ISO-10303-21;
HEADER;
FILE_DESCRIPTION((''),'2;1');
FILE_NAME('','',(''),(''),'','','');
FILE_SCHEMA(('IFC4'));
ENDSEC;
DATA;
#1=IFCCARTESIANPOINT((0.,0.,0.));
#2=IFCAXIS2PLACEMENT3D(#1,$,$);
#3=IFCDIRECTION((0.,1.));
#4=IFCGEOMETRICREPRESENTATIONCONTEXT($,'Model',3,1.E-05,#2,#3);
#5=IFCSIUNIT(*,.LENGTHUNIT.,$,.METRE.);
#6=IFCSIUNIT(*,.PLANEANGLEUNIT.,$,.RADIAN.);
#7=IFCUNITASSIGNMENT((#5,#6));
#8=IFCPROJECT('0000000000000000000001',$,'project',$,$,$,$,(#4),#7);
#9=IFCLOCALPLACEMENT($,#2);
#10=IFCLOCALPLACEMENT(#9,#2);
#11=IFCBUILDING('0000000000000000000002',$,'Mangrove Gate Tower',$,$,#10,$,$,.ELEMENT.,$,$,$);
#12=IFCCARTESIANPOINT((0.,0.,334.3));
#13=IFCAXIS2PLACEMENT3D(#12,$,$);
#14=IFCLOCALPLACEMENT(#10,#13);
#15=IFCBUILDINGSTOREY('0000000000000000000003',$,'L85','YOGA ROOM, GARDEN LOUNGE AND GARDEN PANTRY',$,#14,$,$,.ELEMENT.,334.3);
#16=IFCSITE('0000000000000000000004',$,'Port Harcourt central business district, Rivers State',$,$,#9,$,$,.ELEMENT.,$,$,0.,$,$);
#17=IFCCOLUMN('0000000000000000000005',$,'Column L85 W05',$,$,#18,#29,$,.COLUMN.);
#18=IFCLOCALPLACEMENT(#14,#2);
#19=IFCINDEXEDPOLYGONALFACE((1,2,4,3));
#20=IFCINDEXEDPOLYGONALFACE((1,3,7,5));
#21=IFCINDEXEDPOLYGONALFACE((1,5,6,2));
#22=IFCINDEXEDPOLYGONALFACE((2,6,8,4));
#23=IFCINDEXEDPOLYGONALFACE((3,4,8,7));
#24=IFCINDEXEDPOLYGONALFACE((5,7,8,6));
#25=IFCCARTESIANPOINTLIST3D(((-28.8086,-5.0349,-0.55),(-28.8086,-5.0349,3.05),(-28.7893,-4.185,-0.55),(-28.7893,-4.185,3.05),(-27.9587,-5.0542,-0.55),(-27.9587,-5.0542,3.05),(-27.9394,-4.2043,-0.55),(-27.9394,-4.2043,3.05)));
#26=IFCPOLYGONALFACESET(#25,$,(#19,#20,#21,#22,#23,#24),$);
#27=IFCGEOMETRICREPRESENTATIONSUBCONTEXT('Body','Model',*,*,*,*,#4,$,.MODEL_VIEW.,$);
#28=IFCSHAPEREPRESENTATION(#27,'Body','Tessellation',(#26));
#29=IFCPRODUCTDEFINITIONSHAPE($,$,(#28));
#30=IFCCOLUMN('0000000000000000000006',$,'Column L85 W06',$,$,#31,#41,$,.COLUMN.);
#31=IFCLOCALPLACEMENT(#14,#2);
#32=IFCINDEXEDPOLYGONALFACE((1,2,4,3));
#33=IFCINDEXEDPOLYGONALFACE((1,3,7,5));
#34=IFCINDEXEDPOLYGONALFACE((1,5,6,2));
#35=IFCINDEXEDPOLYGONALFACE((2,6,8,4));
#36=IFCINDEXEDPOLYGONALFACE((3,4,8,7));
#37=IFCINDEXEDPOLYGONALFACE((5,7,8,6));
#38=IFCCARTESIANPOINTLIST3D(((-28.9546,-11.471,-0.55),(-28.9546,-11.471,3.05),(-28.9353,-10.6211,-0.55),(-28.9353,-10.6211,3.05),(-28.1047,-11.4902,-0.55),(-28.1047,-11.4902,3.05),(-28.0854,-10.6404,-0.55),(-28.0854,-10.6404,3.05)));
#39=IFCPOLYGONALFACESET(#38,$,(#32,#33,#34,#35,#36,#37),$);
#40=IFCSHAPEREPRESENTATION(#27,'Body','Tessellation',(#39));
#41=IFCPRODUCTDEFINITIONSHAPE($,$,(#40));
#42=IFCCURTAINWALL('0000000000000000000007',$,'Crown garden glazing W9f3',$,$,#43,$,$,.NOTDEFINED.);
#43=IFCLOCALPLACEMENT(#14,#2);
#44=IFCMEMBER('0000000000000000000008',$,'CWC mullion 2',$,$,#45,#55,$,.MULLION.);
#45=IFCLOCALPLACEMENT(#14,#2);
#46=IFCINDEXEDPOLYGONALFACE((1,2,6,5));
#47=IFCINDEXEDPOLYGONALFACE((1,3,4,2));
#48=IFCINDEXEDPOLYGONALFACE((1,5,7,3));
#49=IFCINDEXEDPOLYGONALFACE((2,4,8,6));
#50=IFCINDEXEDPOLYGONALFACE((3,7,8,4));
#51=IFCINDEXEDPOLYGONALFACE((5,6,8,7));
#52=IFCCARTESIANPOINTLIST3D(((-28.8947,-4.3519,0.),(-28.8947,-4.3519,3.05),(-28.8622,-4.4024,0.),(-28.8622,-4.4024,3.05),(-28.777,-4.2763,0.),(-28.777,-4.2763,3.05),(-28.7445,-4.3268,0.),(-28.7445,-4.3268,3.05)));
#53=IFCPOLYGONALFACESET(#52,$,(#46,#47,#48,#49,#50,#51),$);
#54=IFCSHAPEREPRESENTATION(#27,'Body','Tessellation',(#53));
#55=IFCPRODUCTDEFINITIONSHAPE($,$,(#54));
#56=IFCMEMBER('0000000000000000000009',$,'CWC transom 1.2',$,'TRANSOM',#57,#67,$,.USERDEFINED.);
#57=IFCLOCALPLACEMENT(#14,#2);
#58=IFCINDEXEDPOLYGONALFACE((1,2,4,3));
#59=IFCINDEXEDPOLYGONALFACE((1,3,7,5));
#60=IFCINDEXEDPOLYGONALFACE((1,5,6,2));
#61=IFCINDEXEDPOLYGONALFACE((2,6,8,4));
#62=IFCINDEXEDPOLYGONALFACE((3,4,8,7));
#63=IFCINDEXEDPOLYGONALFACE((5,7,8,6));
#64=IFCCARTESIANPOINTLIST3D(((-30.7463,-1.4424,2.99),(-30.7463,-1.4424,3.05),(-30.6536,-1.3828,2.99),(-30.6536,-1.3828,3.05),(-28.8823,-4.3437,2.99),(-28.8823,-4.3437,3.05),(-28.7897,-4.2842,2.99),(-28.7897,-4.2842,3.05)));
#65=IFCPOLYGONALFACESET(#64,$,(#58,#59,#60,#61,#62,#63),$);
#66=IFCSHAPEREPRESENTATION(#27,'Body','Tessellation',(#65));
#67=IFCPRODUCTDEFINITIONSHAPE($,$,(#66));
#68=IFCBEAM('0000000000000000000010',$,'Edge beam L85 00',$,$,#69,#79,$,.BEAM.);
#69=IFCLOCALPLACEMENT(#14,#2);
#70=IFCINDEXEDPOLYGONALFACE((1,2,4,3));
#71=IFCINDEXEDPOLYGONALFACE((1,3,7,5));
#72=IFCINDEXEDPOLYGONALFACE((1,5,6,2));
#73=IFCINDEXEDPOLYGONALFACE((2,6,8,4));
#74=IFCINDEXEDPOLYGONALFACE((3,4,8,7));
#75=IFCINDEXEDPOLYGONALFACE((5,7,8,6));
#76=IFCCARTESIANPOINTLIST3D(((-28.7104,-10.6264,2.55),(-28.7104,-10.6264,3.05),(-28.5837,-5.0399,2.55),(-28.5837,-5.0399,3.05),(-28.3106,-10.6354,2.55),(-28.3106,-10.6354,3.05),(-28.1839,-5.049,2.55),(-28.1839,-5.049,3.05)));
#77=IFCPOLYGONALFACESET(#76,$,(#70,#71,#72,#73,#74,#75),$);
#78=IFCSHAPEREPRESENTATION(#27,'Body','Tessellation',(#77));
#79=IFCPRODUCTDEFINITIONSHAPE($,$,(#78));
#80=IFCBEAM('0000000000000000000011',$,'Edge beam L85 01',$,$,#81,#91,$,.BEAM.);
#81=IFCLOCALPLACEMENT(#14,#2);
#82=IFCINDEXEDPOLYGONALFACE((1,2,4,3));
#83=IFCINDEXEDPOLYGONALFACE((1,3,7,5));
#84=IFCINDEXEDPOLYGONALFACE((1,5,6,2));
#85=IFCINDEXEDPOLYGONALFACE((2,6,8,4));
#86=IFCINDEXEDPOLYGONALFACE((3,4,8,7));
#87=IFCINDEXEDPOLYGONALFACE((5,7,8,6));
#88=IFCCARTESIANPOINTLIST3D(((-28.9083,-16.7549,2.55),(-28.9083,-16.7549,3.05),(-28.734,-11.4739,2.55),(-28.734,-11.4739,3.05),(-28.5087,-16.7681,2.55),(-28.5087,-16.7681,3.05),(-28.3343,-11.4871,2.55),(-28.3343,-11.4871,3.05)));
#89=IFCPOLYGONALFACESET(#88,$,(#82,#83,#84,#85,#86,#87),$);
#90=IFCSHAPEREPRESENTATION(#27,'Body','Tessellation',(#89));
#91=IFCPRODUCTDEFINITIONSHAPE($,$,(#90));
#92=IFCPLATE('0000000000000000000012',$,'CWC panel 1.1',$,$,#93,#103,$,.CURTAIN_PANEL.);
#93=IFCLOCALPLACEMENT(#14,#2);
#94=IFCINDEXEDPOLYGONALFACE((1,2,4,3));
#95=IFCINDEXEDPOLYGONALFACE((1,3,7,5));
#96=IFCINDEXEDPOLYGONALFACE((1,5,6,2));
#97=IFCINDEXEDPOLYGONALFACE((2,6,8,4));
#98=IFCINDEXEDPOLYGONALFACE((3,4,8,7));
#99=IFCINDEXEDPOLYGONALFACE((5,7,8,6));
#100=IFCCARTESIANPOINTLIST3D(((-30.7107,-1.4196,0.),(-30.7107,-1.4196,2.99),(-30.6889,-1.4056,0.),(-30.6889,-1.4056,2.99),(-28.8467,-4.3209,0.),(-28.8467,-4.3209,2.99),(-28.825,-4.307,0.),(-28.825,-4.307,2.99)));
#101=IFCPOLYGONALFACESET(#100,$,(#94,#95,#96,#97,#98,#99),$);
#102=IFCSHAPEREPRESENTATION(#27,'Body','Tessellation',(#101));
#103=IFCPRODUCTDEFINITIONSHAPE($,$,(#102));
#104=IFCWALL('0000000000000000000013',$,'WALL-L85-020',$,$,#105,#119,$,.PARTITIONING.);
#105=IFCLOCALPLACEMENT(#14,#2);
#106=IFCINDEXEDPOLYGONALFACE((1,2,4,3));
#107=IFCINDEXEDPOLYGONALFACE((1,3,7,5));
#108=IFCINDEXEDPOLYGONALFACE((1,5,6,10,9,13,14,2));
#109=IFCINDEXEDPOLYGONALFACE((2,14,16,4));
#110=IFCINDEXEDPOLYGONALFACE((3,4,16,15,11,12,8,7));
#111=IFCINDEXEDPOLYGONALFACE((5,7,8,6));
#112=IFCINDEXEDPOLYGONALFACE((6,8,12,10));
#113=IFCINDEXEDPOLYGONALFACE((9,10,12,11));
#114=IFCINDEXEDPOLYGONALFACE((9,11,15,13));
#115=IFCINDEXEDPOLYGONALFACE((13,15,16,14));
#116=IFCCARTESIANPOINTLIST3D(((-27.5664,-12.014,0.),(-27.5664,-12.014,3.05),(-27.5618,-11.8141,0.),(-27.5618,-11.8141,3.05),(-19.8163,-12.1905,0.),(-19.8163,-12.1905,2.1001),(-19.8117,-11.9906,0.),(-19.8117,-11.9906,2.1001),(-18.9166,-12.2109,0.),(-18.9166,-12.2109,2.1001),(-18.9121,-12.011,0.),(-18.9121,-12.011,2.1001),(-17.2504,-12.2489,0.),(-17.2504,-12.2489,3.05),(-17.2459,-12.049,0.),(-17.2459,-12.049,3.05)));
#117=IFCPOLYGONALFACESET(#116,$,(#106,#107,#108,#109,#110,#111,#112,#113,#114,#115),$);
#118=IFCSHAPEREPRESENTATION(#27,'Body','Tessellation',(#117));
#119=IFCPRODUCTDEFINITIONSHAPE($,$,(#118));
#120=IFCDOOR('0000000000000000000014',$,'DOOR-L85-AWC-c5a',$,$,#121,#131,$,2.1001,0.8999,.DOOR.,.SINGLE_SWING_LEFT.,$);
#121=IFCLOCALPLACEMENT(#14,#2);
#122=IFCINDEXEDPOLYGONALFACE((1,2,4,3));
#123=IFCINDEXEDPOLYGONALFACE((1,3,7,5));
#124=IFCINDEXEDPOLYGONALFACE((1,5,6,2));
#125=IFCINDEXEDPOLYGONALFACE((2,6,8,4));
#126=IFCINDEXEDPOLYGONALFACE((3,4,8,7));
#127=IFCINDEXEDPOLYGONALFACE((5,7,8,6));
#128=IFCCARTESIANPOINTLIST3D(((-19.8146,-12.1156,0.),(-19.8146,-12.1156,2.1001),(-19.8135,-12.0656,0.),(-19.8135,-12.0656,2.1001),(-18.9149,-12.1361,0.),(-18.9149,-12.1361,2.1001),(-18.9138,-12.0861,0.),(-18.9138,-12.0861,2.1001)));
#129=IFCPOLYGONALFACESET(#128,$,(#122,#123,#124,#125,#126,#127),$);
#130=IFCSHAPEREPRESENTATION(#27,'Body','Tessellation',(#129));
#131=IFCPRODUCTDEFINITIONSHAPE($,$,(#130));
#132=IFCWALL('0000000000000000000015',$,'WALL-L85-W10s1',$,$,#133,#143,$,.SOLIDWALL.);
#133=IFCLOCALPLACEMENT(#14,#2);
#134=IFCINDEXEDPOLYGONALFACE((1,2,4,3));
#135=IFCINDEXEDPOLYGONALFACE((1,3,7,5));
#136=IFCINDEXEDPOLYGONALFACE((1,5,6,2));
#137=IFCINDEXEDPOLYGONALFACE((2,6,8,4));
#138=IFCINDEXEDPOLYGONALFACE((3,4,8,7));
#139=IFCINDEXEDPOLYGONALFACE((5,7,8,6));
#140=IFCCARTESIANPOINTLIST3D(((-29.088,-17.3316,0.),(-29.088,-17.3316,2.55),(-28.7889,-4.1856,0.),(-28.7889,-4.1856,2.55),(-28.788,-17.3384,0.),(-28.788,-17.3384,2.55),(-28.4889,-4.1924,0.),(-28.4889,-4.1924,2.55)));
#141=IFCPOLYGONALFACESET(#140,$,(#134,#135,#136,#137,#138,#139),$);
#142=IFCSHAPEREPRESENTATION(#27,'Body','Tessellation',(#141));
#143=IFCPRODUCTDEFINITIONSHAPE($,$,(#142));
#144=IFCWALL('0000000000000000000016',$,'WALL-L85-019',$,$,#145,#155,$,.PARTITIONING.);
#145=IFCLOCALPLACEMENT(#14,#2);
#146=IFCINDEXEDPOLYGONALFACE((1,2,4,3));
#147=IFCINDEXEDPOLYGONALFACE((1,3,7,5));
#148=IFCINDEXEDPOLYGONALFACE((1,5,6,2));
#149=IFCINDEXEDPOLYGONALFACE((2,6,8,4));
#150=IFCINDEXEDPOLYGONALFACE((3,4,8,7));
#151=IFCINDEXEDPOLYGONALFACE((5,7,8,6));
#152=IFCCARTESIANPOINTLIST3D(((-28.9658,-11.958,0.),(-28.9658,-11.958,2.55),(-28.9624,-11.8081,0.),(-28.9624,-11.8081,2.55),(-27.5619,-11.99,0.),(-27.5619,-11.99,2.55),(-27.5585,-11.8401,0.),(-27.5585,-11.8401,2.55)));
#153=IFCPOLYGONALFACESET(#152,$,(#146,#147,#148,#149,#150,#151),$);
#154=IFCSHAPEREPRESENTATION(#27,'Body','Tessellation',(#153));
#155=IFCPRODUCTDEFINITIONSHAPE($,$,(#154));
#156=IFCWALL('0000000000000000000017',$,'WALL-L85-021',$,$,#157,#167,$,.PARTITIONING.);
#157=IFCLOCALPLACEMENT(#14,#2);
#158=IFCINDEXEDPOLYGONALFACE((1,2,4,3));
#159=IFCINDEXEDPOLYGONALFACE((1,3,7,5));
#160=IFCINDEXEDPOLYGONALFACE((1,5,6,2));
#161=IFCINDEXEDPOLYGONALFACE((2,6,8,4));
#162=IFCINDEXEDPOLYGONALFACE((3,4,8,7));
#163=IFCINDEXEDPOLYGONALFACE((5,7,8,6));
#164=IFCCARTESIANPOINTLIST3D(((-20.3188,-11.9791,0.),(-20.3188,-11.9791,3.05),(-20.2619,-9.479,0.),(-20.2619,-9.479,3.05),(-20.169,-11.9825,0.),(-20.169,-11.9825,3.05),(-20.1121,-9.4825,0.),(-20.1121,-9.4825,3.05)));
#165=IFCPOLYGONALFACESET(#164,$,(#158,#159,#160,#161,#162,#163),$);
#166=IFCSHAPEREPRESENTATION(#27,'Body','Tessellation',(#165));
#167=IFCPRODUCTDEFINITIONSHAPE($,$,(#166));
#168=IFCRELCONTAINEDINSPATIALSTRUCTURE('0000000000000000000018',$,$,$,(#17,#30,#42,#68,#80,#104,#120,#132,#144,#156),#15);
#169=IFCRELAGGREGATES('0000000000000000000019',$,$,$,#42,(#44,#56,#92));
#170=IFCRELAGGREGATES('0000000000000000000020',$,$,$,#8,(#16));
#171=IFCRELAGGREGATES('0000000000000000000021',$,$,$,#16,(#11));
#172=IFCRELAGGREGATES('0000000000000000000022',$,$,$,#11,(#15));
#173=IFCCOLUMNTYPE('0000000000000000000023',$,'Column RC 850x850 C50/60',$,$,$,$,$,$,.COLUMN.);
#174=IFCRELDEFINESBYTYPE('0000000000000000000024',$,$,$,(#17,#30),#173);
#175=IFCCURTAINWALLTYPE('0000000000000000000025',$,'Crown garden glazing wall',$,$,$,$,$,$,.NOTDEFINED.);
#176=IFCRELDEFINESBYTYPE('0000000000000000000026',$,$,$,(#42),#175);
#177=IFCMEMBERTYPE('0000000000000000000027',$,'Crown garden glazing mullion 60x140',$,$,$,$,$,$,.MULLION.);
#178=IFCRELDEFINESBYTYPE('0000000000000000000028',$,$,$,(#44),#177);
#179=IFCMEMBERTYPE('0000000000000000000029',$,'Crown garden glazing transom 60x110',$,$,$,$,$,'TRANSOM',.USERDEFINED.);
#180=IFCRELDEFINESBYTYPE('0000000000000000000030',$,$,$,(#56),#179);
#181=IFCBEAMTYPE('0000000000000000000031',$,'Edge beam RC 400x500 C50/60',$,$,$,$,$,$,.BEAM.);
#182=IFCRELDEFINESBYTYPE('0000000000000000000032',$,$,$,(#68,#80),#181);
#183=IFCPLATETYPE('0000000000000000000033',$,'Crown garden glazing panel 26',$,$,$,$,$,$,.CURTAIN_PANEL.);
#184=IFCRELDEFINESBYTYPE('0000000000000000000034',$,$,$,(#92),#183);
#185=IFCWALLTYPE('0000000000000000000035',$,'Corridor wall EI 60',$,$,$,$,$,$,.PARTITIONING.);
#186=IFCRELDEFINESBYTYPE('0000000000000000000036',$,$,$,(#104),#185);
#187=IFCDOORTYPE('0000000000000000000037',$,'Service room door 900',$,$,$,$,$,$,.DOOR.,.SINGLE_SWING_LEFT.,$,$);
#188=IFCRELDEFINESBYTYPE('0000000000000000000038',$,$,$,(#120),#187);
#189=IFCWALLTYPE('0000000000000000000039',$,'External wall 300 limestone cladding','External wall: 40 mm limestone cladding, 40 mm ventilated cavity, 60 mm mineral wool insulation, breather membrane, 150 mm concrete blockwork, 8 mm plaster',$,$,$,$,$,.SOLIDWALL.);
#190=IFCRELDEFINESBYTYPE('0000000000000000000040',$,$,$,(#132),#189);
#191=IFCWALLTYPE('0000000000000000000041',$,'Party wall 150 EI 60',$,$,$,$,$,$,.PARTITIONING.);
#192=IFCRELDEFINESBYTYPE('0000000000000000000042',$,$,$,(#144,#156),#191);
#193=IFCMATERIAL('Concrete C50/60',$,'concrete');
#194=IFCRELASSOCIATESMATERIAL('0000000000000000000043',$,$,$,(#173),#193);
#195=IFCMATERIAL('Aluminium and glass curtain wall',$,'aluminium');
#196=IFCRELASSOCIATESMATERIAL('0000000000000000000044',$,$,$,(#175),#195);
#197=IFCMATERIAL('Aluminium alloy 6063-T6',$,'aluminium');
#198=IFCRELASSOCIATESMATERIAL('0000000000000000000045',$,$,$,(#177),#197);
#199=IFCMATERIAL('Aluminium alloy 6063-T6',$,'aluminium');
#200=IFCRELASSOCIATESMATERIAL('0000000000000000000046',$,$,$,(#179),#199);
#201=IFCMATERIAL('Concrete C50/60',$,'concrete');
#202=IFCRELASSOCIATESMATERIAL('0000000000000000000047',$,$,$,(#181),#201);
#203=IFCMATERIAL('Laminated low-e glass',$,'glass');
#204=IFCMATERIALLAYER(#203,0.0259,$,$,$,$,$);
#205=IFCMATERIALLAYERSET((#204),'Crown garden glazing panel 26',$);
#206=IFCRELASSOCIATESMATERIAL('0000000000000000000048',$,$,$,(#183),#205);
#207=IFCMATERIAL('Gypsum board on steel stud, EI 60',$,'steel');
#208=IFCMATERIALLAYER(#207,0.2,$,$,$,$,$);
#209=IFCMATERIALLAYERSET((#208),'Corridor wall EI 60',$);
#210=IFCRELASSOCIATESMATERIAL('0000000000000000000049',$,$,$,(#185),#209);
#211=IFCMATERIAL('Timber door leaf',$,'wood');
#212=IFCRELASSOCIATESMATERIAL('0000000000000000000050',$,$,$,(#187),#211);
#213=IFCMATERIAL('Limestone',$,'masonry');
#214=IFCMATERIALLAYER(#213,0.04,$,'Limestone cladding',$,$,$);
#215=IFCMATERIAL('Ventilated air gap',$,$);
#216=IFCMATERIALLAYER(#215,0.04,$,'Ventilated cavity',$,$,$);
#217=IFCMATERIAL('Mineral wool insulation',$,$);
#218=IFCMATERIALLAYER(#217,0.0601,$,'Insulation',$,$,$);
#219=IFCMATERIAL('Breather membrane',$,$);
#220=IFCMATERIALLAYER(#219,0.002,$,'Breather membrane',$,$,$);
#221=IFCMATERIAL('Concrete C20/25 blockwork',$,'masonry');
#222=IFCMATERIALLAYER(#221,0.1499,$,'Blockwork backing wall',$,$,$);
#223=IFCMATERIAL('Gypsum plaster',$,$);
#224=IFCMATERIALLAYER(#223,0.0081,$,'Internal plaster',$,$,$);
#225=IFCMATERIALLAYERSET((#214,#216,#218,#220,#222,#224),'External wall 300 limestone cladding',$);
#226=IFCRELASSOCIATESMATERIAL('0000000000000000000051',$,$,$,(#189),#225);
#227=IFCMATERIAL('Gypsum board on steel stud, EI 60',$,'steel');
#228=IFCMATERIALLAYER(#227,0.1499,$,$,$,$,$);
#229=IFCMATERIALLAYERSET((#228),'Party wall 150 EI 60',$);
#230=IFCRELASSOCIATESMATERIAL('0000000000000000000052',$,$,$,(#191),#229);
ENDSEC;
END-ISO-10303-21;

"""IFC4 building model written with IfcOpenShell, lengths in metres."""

from ifc_helpers import new_model, si_unit, direction, frame, frame_2d, origin, origin_2d, place, context, subcontext, project, spatial, rectangle, extrude, material, layer, layer_set, material_profile, profile_set, type_object, element, fill, aggregate, save


model = new_model("IFC4")

# Units and contexts
model_context = context("Model", 3, precision=1e-05, world=origin(), true_north=direction((0.0, 1.0)))
body_context = subcontext(model_context, "Body", "Model", "MODEL_VIEW")
ifc_project = project(units=[si_unit("LENGTHUNIT", "METRE"), si_unit("PLANEANGLEUNIT", "RADIAN")], contexts=[model_context])

# Site, building, storey
site_placement = place(None, origin())
site = spatial("IfcSite", under=ifc_project, at=site_placement, Name="Port Harcourt central business district, Rivers State", CompositionType="ELEMENT", RefElevation=0.0)
building_placement = place(site_placement, origin())
building = spatial("IfcBuilding", under=site, at=building_placement, Name="Mangrove Gate Tower", CompositionType="ELEMENT")
storey_placement = place(building_placement, frame((0.0, 0.0, 334.3)))
storey = spatial("IfcBuildingStorey", under=building, at=storey_placement, Name="L85", Description="YOGA ROOM, GARDEN LOUNGE AND GARDEN PANTRY", CompositionType="ELEMENT", Elevation=334.3)

# Columns
ifc_material_1 = material(Name="Concrete C50/60", Category="concrete")
ifc_material_profile_1 = material_profile(ifc_material_1, rectangle(XDim=0.8501, YDim=0.8501, at=origin_2d()))
ifc_profile_set_1 = profile_set([ifc_material_profile_1], Name="Concrete C50/60")
column_type = type_object("IfcColumnType", Name="Column RC 850x850 C50/60", PredefinedType="COLUMN", material=ifc_profile_set_1)
for number, where, z_axis, x_axis, name in (
    (1, (-28.374, -4.6196, -0.55), (0.0, 0.0, 1.0), (-0.022687, -0.999743, 0.0), "Column L85 W05"),
    (2, (-28.52, -11.0557, -0.55), (0.0, 0.0, 1.0), (-0.022681, -0.999743, 0.0), "Column L85 W06"),
):
    element("IfcColumn", number, at=place(storey_placement, frame(where, z_axis=z_axis, x_axis=x_axis)), inside=storey, type_object=column_type, Name=name, PredefinedType="COLUMN", context=body_context, shape_type="SweptSolid", body=[
        extrude(rectangle(XDim=0.8501, YDim=0.8501, at=origin_2d()), origin(), (0.0, 0.0, 1.0), 3.6001),
    ])

# Curtain wall, members
ifc_material_2 = material(Name="Aluminium and glass curtain wall", Category="aluminium")
curtain_wall_type = type_object("IfcCurtainWallType", Name="Crown garden glazing wall", PredefinedType="NOTDEFINED", material=ifc_material_2)
curtain_wall_placement = place(storey_placement, origin())
curtain_wall = element("IfcCurtainWall", 3, at=curtain_wall_placement, inside=storey, type_object=curtain_wall_type, Name="Crown garden glazing W9f3", PredefinedType="NOTDEFINED")
ifc_material_3 = material(Name="Aluminium alloy 6063-T6", Category="aluminium")
ifc_material_profile_2 = material_profile(ifc_material_3, rectangle(XDim=0.0601, YDim=0.1399, at=origin_2d()))
ifc_profile_set_2 = profile_set([ifc_material_profile_2], Name="Aluminium alloy 6063-T6")
member_type_1 = type_object("IfcMemberType", Name="Crown garden glazing mullion 60x140", PredefinedType="MULLION", material=ifc_profile_set_2)
member_1_placement = place(storey_placement, frame((-28.8196, -4.3394, 0.0), z_axis=(0.0, 0.0, 1.0), x_axis=(0.540511, -0.841337, 0.0)))
member_1 = element("IfcMember", 4, at=member_1_placement, type_object=member_type_1, Name="CWC mullion 2", PredefinedType="MULLION", context=body_context, shape_type="SweptSolid", body=[
    extrude(rectangle(XDim=0.0601, YDim=0.1399, at=origin_2d()), origin(), (0.0, 0.0, 1.0), 3.05),
])
ifc_material_4 = material(Name="Aluminium alloy 6063-T6", Category="aluminium")
ifc_material_profile_3 = material_profile(ifc_material_4, rectangle(XDim=0.0601, YDim=0.1101, at=origin_2d()))
ifc_profile_set_3 = profile_set([ifc_material_profile_3], Name="Aluminium alloy 6063-T6")
member_type_2 = type_object("IfcMemberType", Name="Crown garden glazing transom 60x110", ElementType="TRANSOM", PredefinedType="USERDEFINED", material=ifc_profile_set_3)
member_2_placement = place(storey_placement, frame((-30.7, -1.4126, 3.02), z_axis=(0.540521, -0.84133, 0.0), x_axis=(0.0, 0.0, 1.0)))
member_2 = element("IfcMember", 5, at=member_2_placement, type_object=member_type_2, Name="CWC transom 1.2", ObjectType="TRANSOM", PredefinedType="USERDEFINED", context=body_context, shape_type="SweptSolid", body=[
    extrude(rectangle(XDim=0.0601, YDim=0.1101, at=origin_2d()), origin(), (0.0, 0.0, 1.0), 3.4485),
])

# Beams
ifc_material_5 = material(Name="Concrete C50/60", Category="concrete")
ifc_material_profile_4 = material_profile(ifc_material_5, rectangle(XDim=0.3999, YDim=0.5, at=origin_2d()))
ifc_profile_set_4 = profile_set([ifc_material_profile_4], Name="Concrete C50/60")
beam_type = type_object("IfcBeamType", Name="Edge beam RC 400x500 C50/60", PredefinedType="BEAM", material=ifc_profile_set_4)
beam_1_placement = place(storey_placement, frame((-28.3838, -5.0444, 2.8), z_axis=(-0.022676, -0.999743, 0.0), x_axis=(0.999743, -0.022676, 0.0)))
element("IfcBeam", 6, at=beam_1_placement, inside=storey, type_object=beam_type, Name="Edge beam L85 00", PredefinedType="BEAM", context=body_context, shape_type="SweptSolid", body=[
    extrude(rectangle(XDim=0.3999, YDim=0.5, at=origin_2d()), origin(), (0.0, 0.0, 1.0), 5.5879),
])
beam_2_placement = place(storey_placement, frame((-28.5342, -11.4805, 2.8), z_axis=(-0.03299, -0.999456, 0.0), x_axis=(0.999456, -0.03299, 0.0)))
element("IfcBeam", 7, at=beam_2_placement, inside=storey, type_object=beam_type, Name="Edge beam L85 01", PredefinedType="BEAM", context=body_context, shape_type="SweptSolid", body=[
    extrude(rectangle(XDim=0.3999, YDim=0.5, at=origin_2d()), origin(), (0.0, 0.0, 1.0), 5.2839),
])

# Plate
ifc_material_6 = material(Name="Laminated low-e glass", Category="glass")
ifc_layer_1 = layer(ifc_material_6, 0.0259)
ifc_layer_set_1 = layer_set([ifc_layer_1], Name="Crown garden glazing panel 26")
plate_type = type_object("IfcPlateType", Name="Crown garden glazing panel 26", PredefinedType="CURTAIN_PANEL", material=ifc_layer_set_1)
plate_placement = place(storey_placement, frame((-29.7678, -2.8633, 0.0), z_axis=(0.0, 0.0, 1.0), x_axis=(0.540511, -0.841337, 0.0)))
plate = element("IfcPlate", 8, at=plate_placement, type_object=plate_type, Name="CWC panel 1.1", PredefinedType="CURTAIN_PANEL", context=body_context, shape_type="SweptSolid", body=[
    extrude(rectangle(XDim=3.4485, YDim=0.0259, at=origin_2d()), origin(), (0.0, 0.0, 1.0), 2.99),
])
aggregate(curtain_wall, [member_1, member_2, plate])

# Wall, opening, door
ifc_material_7 = material(Name="Gypsum board on steel stud, EI 60", Category="steel")
ifc_layer_2 = layer(ifc_material_7, 0.2)
ifc_layer_set_2 = layer_set([ifc_layer_2], Name="Corridor wall EI 60")
wall_type_1 = type_object("IfcWallType", Name="Corridor wall EI 60", PredefinedType="PARTITIONING", material=ifc_layer_set_2)
wall_1_placement = place(storey_placement, frame((-27.564, -11.9141, 0.0), z_axis=(0.0, 0.0, 1.0), x_axis=(0.999741, -0.022761, 0.0)))
wall_1 = element("IfcWall", 9, at=wall_1_placement, inside=storey, type_object=wall_type_1, Name="WALL-L85-020", PredefinedType="PARTITIONING", context=body_context, shape_type="SweptSolid", body=[
    extrude(rectangle(XDim=10.3186, YDim=0.2, at=frame_2d((5.1592, 0.0))), origin(), (0.0, 0.0, 1.0), 3.05),
])
opening_placement = place(wall_1_placement, frame((7.752, 0.0, 0.0)))
opening = element("IfcOpeningElement", 10, at=opening_placement, cuts=wall_1, PredefinedType="OPENING", context=body_context, shape_type="SweptSolid", body=[
    extrude(rectangle(XDim=0.8999, YDim=2.1001, at=frame_2d((0.45, 1.05))), frame((0.0, 0.1099, 0.0), z_axis=(0.0, -1.0, 0.0), x_axis=(1.0, 0.0, 0.0)), (0.0, 0.0, 1.0), 0.22),
])
ifc_material_8 = material(Name="Timber door leaf", Category="wood")
door_type = type_object("IfcDoorType", Name="Service room door 900", OperationType="SINGLE_SWING_LEFT", PredefinedType="DOOR", material=ifc_material_8)
door_placement = place(opening_placement, origin())
door = element("IfcDoor", 11, at=door_placement, inside=storey, type_object=door_type, Name="DOOR-L85-AWC-c5a", OperationType="SINGLE_SWING_LEFT", OverallHeight=2.1001, OverallWidth=0.8999, PredefinedType="DOOR", context=body_context, shape_type="SweptSolid", body=[
    extrude(rectangle(XDim=0.8999, YDim=2.1001, at=frame_2d((0.45, 1.05))), frame((0.0, 0.0249, 0.0), z_axis=(0.0, -1.0, 0.0), x_axis=(1.0, 0.0, 0.0)), (0.0, 0.0, 1.0), 0.05),
])
fill(opening, door)

# Walls
ifc_material_9 = material(Name="Limestone", Category="masonry")
ifc_layer_3 = layer(ifc_material_9, 0.04, Name="Limestone cladding")
ifc_material_10 = material(Name="Ventilated air gap")
ifc_layer_4 = layer(ifc_material_10, 0.04, Name="Ventilated cavity")
ifc_material_11 = material(Name="Mineral wool insulation")
ifc_layer_5 = layer(ifc_material_11, 0.0601, Name="Insulation")
ifc_material_12 = material(Name="Breather membrane")
ifc_layer_6 = layer(ifc_material_12, 0.002, Name="Breather membrane")
ifc_material_13 = material(Name="Concrete C20/25 blockwork", Category="masonry")
ifc_layer_7 = layer(ifc_material_13, 0.1499, Name="Blockwork backing wall")
ifc_material_14 = material(Name="Gypsum plaster")
ifc_layer_8 = layer(ifc_material_14, 0.0081, Name="Internal plaster")
ifc_layer_set_3 = layer_set([ifc_layer_3, ifc_layer_4, ifc_layer_5, ifc_layer_6, ifc_layer_7, ifc_layer_8], Name="External wall 300 limestone cladding")
wall_type_2 = type_object("IfcWallType", Name="External wall 300 limestone cladding", Description="External wall: 40 mm limestone cladding, 40 mm ventilated cavity, 60 mm mineral wool insulation, breather membrane, 150 mm concrete blockwork, 8 mm plaster", PredefinedType="SOLIDWALL", material=ifc_layer_set_3)
wall_2_placement = place(storey_placement, frame((-28.6389, -4.189, 0.0), z_axis=(0.0, 0.0, 1.0), x_axis=(-0.022744, -0.999741, 0.0)))
element("IfcWall", 12, at=wall_2_placement, inside=storey, type_object=wall_type_2, Name="WALL-L85-W10s1", PredefinedType="SOLIDWALL", context=body_context, shape_type="SweptSolid", body=[
    extrude(rectangle(XDim=13.1494, YDim=0.3, at=frame_2d((6.5747, 0.0))), origin(), (0.0, 0.0, 1.0), 2.55),
])
ifc_material_15 = material(Name="Gypsum board on steel stud, EI 60", Category="steel")
ifc_layer_9 = layer(ifc_material_15, 0.1499)
ifc_layer_set_4 = layer_set([ifc_layer_9], Name="Party wall 150 EI 60")
wall_type_3 = type_object("IfcWallType", Name="Party wall 150 EI 60", PredefinedType="PARTITIONING", material=ifc_layer_set_4)
wall_3_placement = place(storey_placement, frame((-28.9641, -11.8831, 0.0), z_axis=(0.0, 0.0, 1.0), x_axis=(0.999741, -0.022773, 0.0)))
element("IfcWall", 13, at=wall_3_placement, inside=storey, type_object=wall_type_3, Name="WALL-L85-019", PredefinedType="PARTITIONING", context=body_context, shape_type="SweptSolid", body=[
    extrude(rectangle(XDim=1.4043, YDim=0.1499, at=frame_2d((0.7021, 0.0))), origin(), (0.0, 0.0, 1.0), 2.55),
])
wall_4_placement = place(storey_placement, frame((-20.2439, -11.981, 0.0), z_axis=(0.0, 0.0, 1.0), x_axis=(0.022748, 0.999741, 0.0)))
element("IfcWall", 14, at=wall_4_placement, inside=storey, type_object=wall_type_3, Name="WALL-L85-021", PredefinedType="PARTITIONING", context=body_context, shape_type="SweptSolid", body=[
    extrude(rectangle(XDim=2.5007, YDim=0.1499, at=frame_2d((1.2505, 0.0))), origin(), (0.0, 0.0, 1.0), 3.05),
])

save(model, "model.ifc")
